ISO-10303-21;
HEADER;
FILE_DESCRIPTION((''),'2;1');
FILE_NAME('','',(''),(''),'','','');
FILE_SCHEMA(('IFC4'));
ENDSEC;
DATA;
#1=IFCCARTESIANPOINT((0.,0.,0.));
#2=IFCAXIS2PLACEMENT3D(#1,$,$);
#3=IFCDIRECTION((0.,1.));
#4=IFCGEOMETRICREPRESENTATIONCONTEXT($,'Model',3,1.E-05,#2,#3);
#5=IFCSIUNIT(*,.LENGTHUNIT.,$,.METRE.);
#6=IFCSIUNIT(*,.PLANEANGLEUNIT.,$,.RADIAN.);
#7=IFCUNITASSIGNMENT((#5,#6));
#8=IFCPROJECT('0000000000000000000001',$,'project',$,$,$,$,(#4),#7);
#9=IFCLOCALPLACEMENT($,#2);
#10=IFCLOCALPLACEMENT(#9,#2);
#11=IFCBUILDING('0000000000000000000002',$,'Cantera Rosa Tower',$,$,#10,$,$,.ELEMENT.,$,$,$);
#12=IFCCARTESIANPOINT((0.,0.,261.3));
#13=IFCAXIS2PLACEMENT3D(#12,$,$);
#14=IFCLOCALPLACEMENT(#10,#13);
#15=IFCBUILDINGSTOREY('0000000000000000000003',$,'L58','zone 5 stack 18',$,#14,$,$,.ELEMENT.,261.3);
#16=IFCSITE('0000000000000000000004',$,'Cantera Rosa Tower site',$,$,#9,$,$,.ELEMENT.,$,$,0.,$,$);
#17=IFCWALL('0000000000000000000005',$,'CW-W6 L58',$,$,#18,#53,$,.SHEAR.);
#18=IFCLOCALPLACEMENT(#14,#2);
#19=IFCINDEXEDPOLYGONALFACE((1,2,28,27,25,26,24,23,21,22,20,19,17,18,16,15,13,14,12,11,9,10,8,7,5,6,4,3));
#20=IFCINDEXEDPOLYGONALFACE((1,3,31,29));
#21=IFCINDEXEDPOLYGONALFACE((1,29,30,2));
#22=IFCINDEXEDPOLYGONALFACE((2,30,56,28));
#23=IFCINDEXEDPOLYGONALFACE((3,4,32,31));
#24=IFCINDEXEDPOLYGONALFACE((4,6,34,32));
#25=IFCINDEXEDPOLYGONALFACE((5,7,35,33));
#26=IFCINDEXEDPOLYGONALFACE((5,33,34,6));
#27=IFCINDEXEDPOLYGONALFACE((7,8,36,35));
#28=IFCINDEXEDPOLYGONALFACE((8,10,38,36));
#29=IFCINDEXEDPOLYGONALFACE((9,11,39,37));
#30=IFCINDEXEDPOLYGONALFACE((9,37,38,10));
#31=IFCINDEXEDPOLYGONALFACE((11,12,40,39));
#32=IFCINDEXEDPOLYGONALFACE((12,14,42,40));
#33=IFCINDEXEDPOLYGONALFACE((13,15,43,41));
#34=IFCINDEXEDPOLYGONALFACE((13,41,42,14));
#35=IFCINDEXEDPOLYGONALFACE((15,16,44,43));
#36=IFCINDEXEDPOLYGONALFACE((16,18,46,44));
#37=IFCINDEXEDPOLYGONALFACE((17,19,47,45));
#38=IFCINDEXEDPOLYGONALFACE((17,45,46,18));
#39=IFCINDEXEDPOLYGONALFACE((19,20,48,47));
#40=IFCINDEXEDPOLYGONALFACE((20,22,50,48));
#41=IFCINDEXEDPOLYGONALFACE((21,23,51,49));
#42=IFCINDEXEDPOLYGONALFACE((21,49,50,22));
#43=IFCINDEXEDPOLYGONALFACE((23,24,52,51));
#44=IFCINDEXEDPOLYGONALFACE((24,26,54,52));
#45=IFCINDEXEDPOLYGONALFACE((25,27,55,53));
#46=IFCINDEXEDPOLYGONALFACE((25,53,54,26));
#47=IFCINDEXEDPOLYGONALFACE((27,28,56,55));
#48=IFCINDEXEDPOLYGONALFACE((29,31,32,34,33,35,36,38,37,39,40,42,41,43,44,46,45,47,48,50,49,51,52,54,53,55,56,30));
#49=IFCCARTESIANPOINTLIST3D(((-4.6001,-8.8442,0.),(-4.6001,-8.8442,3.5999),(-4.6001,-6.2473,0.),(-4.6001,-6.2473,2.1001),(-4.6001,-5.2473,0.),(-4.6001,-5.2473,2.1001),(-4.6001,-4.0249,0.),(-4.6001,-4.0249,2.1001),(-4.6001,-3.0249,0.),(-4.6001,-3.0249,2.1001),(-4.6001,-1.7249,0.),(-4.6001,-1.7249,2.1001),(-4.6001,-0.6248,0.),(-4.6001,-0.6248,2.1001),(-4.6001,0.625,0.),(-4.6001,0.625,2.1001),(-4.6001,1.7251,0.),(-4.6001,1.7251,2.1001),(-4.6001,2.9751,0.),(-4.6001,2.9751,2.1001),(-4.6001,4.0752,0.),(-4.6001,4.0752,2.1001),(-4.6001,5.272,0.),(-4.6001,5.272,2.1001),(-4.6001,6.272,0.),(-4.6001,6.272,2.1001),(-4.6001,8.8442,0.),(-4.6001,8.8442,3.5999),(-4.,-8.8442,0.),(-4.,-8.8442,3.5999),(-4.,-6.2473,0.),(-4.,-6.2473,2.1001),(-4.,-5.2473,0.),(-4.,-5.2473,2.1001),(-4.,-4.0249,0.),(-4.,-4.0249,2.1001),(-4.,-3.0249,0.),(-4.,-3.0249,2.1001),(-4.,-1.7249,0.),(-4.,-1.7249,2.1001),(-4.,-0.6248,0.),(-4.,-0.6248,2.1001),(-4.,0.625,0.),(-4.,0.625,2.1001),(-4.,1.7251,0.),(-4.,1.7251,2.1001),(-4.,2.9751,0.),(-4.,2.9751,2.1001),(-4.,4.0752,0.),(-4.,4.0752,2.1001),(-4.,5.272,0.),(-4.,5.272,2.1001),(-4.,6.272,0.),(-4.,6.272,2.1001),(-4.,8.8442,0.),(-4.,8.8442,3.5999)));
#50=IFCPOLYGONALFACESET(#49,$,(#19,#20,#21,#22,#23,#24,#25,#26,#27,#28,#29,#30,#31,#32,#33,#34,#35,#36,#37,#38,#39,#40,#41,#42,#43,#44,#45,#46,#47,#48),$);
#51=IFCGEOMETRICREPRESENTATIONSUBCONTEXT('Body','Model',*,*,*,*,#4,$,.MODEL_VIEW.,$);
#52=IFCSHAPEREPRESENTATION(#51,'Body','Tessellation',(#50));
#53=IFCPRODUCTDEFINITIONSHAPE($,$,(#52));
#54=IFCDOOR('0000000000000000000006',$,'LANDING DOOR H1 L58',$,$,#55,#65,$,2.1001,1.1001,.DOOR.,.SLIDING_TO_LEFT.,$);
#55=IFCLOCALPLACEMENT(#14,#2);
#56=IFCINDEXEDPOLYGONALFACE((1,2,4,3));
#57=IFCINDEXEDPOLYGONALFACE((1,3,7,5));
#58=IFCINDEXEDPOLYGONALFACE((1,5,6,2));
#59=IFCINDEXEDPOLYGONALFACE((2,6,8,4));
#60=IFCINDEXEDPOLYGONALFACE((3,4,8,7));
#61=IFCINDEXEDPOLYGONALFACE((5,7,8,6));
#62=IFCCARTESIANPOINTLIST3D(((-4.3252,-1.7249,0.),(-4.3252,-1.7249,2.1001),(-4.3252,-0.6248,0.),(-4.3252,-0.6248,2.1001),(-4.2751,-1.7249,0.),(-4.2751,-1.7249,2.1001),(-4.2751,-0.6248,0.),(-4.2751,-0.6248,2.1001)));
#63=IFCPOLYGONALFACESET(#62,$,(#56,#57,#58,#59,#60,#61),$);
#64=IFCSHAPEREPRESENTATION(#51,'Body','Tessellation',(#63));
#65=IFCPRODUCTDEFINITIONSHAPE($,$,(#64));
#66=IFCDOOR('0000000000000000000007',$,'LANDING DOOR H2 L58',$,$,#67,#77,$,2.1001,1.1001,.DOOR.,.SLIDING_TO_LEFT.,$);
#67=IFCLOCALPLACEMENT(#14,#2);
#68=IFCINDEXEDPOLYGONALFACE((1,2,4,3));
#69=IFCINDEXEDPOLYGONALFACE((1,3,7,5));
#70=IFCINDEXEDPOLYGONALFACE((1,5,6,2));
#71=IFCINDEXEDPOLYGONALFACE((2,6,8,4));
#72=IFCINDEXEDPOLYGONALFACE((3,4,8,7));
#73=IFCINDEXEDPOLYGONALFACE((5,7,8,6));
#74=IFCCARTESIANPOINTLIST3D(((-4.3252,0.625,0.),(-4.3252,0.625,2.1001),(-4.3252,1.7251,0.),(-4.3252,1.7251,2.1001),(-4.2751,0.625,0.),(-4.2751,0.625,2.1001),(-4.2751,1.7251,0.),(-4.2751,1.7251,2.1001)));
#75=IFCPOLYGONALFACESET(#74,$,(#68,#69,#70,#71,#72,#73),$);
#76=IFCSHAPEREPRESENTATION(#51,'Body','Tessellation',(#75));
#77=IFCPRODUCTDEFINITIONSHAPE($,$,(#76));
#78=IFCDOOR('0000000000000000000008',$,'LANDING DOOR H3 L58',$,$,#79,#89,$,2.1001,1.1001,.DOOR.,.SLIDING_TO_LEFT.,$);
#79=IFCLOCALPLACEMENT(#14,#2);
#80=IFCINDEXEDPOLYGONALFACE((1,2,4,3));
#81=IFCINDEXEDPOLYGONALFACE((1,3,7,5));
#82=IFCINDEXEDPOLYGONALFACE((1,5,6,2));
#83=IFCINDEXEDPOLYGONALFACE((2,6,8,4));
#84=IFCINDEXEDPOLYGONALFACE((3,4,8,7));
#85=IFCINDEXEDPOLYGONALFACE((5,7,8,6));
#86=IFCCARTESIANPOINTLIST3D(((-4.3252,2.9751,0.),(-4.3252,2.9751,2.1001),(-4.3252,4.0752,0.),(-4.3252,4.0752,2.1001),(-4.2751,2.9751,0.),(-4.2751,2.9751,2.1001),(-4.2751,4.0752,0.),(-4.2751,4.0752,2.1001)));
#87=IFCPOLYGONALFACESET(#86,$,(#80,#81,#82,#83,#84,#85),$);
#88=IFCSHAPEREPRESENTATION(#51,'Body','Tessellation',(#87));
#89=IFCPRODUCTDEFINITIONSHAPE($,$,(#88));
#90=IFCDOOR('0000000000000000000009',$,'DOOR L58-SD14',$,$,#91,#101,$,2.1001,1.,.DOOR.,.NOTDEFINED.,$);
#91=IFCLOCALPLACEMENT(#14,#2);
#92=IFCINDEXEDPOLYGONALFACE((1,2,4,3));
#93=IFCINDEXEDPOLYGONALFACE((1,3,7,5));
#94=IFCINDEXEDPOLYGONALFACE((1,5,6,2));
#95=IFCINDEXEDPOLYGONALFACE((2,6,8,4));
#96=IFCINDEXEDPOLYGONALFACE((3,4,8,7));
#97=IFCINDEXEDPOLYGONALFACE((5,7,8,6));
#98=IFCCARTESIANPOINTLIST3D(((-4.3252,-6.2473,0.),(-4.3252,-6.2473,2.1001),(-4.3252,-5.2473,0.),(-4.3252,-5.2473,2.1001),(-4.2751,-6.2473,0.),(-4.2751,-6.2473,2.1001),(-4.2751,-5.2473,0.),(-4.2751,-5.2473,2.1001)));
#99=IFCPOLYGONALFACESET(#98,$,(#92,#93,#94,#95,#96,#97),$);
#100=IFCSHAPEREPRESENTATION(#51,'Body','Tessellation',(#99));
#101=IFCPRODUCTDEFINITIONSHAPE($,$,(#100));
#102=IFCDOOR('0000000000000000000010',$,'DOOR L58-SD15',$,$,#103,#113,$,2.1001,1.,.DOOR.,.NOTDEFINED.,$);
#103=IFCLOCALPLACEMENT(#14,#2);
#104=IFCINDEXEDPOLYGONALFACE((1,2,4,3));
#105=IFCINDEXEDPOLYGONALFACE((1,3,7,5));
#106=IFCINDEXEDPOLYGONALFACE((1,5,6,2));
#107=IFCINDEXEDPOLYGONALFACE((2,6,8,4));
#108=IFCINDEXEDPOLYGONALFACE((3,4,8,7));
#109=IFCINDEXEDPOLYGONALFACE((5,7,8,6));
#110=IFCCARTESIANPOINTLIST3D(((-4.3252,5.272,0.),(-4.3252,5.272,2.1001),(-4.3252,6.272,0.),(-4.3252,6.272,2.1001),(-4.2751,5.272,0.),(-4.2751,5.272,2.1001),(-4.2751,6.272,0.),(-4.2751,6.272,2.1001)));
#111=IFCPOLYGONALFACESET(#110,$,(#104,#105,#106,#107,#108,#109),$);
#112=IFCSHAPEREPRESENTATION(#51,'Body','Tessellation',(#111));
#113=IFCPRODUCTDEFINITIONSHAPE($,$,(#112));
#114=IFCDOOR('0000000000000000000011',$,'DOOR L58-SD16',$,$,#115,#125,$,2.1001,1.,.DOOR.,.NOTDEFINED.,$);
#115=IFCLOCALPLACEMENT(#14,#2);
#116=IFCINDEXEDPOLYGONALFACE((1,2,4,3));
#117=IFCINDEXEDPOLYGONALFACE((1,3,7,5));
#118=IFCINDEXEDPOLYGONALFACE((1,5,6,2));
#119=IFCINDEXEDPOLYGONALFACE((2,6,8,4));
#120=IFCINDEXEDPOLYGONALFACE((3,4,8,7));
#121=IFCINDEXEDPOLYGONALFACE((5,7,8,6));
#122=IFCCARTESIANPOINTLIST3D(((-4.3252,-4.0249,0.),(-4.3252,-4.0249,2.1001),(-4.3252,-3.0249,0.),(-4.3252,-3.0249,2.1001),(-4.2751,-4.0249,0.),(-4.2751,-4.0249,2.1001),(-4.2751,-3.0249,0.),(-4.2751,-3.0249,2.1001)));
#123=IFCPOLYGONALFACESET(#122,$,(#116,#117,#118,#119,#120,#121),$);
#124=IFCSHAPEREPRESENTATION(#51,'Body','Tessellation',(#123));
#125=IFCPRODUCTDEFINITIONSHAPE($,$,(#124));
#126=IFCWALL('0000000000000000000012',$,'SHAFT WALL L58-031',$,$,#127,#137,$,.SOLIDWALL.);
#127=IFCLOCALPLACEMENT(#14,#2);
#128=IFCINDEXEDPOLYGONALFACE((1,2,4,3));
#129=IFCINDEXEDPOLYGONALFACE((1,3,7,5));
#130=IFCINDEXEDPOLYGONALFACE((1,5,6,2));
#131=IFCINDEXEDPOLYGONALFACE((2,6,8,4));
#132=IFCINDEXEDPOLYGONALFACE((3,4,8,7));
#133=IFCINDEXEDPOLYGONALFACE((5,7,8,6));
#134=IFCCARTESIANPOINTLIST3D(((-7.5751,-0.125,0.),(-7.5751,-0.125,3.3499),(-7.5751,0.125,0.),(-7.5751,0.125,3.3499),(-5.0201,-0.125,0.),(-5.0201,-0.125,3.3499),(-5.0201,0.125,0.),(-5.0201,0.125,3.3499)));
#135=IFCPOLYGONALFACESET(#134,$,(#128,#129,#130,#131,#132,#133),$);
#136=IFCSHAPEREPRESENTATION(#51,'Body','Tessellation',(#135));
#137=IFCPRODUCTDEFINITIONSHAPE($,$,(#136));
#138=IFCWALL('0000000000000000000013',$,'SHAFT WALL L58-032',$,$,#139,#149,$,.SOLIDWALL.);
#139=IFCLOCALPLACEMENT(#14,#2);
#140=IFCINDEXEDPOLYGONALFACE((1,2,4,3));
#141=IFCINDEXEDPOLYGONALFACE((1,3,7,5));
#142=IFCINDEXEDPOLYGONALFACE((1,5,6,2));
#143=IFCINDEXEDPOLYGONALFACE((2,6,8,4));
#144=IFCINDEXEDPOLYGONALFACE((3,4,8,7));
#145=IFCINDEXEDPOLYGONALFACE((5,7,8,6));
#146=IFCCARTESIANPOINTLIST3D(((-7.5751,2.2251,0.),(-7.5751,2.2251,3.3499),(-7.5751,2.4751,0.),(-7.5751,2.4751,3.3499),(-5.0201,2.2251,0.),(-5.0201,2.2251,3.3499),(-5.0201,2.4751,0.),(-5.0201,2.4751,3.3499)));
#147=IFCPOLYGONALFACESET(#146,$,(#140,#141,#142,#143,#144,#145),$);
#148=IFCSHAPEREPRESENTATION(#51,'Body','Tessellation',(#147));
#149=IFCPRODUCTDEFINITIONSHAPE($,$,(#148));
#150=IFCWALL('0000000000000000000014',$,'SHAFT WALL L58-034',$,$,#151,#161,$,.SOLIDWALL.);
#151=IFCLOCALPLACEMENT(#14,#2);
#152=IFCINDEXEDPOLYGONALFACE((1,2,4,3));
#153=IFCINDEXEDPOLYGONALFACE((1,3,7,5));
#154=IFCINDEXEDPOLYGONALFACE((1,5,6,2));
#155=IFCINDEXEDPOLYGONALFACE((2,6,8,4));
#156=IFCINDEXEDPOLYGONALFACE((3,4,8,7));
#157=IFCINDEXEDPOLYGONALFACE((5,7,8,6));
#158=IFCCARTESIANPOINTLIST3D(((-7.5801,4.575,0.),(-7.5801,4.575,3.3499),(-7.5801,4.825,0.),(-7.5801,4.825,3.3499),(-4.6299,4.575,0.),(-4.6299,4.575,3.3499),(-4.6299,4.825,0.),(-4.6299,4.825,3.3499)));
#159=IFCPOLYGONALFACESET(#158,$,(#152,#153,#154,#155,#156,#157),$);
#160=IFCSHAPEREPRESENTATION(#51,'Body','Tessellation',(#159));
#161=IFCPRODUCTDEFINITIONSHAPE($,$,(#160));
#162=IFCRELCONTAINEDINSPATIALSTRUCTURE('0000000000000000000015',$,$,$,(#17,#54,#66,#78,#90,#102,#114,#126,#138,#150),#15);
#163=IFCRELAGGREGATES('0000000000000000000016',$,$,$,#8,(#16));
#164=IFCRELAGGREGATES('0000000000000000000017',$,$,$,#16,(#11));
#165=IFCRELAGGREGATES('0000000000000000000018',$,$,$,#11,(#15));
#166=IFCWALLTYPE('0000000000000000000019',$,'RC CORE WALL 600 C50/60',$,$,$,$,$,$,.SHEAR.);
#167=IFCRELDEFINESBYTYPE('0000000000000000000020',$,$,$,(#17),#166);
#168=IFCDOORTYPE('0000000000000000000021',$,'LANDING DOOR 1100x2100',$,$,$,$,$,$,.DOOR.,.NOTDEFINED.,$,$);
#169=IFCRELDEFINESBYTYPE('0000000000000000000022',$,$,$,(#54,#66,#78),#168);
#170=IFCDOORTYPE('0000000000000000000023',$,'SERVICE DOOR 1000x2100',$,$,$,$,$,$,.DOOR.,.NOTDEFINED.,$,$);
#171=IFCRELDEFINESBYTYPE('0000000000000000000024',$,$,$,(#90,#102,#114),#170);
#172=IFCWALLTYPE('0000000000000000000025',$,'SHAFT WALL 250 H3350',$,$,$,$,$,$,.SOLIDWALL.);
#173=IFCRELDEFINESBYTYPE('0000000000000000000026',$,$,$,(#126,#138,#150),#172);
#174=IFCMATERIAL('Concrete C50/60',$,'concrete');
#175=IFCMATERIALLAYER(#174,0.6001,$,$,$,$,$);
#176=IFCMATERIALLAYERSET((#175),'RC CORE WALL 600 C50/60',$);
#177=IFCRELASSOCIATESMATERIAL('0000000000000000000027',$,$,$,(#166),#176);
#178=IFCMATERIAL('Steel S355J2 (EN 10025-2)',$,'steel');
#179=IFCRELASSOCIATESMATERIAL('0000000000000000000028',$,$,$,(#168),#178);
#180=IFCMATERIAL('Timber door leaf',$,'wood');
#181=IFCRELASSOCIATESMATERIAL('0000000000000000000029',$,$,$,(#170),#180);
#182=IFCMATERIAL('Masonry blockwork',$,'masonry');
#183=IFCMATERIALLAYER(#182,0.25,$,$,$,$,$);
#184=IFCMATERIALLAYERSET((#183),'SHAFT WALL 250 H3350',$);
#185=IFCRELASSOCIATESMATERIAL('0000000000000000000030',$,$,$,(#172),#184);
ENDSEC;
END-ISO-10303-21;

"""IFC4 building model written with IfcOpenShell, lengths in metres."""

from ifc_helpers import new_model, si_unit, direction, frame, frame_2d, origin, place, context, subcontext, project, spatial, rectangle, extrude, material, layer, layer_set, type_object, element, fill, save


model = new_model("IFC4")

# Units and contexts
model_context = context("Model", 3, precision=1e-05, world=origin(), true_north=direction((0.0, 1.0)))
body_context = subcontext(model_context, "Body", "Model", "MODEL_VIEW")
ifc_project = project(units=[si_unit("LENGTHUNIT", "METRE"), si_unit("PLANEANGLEUNIT", "RADIAN")], contexts=[model_context])

# Site, building, storey
site_placement = place(None, origin())
site = spatial("IfcSite", under=ifc_project, at=site_placement, Name="Cantera Rosa Tower site", CompositionType="ELEMENT", RefElevation=0.0)
building_placement = place(site_placement, origin())
building = spatial("IfcBuilding", under=site, at=building_placement, Name="Cantera Rosa Tower", CompositionType="ELEMENT")
storey_placement = place(building_placement, frame((0.0, 0.0, 261.3)))
storey = spatial("IfcBuildingStorey", under=building, at=storey_placement, Name="L58", Description="zone 5 stack 18", CompositionType="ELEMENT", Elevation=261.3)

# Shared definitions
ifc_material_1 = material(Name="Concrete C50/60", Category="concrete")
ifc_layer_1 = layer(ifc_material_1, 0.6001)
ifc_layer_set_1 = layer_set([ifc_layer_1], Name="RC CORE WALL 600 C50/60")
wall_type_1 = type_object("IfcWallType", Name="RC CORE WALL 600 C50/60", PredefinedType="SHEAR", material=ifc_layer_set_1)

# Wall, openings, doors
wall_1_placement = place(storey_placement, frame((-4.3, 8.8442, 0.0), z_axis=(0.0, 0.0, 1.0), x_axis=(0.0, -1.0, 0.0)))
wall_1 = element("IfcWall", 1, at=wall_1_placement, inside=storey, type_object=wall_type_1, Name="CW-W6 L58", PredefinedType="SHEAR", context=body_context, shape_type="SweptSolid", body=[
    extrude(rectangle(XDim=17.6885, YDim=0.6001, at=frame_2d((8.8442, 0.0))), origin(), (0.0, 0.0, 1.0), 3.5999),
])
opening_1_placement = place(wall_1_placement, frame((9.469, 0.0, 0.0)))
opening_1 = element("IfcOpeningElement", 2, at=opening_1_placement, cuts=wall_1, PredefinedType="OPENING", context=body_context, shape_type="SweptSolid", body=[
    extrude(rectangle(XDim=1.1001, YDim=2.1001, at=frame_2d((0.55, 1.05))), frame((0.0, 0.3101, 0.0), z_axis=(0.0, -1.0, 0.0), x_axis=(1.0, 0.0, 0.0)), (0.0, 0.0, 1.0), 0.6201),
])
opening_2_placement = place(wall_1_placement, frame((7.1191, 0.0, 0.0)))
opening_2 = element("IfcOpeningElement", 3, at=opening_2_placement, cuts=wall_1, PredefinedType="OPENING", context=body_context, shape_type="SweptSolid", body=[
    extrude(rectangle(XDim=1.1001, YDim=2.1001, at=frame_2d((0.55, 1.05))), frame((0.0, 0.3101, 0.0), z_axis=(0.0, -1.0, 0.0), x_axis=(1.0, 0.0, 0.0)), (0.0, 0.0, 1.0), 0.6201),
])
opening_3_placement = place(wall_1_placement, frame((4.769, 0.0, 0.0)))
opening_3 = element("IfcOpeningElement", 4, at=opening_3_placement, cuts=wall_1, PredefinedType="OPENING", context=body_context, shape_type="SweptSolid", body=[
    extrude(rectangle(XDim=1.1001, YDim=2.1001, at=frame_2d((0.55, 1.05))), frame((0.0, 0.3101, 0.0), z_axis=(0.0, -1.0, 0.0), x_axis=(1.0, 0.0, 0.0)), (0.0, 0.0, 1.0), 0.6201),
])
opening_4_placement = place(wall_1_placement, frame((14.0916, 0.0, 0.0)))
opening_4 = element("IfcOpeningElement", 5, at=opening_4_placement, cuts=wall_1, PredefinedType="OPENING", context=body_context, shape_type="SweptSolid", body=[
    extrude(rectangle(XDim=1.0, YDim=2.1001, at=frame_2d((0.5, 1.05))), frame((0.0, 0.3101, 0.0), z_axis=(0.0, -1.0, 0.0), x_axis=(1.0, 0.0, 0.0)), (0.0, 0.0, 1.0), 0.6201),
])
opening_5_placement = place(wall_1_placement, frame((2.5723, 0.0, 0.0)))
opening_5 = element("IfcOpeningElement", 6, at=opening_5_placement, cuts=wall_1, PredefinedType="OPENING", context=body_context, shape_type="SweptSolid", body=[
    extrude(rectangle(XDim=1.0, YDim=2.1001, at=frame_2d((0.5, 1.05))), frame((0.0, 0.3101, 0.0), z_axis=(0.0, -1.0, 0.0), x_axis=(1.0, 0.0, 0.0)), (0.0, 0.0, 1.0), 0.6201),
])
opening_6_placement = place(wall_1_placement, frame((11.8691, 0.0, 0.0)))
opening_6 = element("IfcOpeningElement", 7, at=opening_6_placement, cuts=wall_1, PredefinedType="OPENING", context=body_context, shape_type="SweptSolid", body=[
    extrude(rectangle(XDim=1.0, YDim=2.1001, at=frame_2d((0.5, 1.05))), frame((0.0, 0.3101, 0.0), z_axis=(0.0, -1.0, 0.0), x_axis=(1.0, 0.0, 0.0)), (0.0, 0.0, 1.0), 0.6201),
])
ifc_material_2 = material(Name="Steel S355J2 (EN 10025-2)", Category="steel")
door_type_1 = type_object("IfcDoorType", Name="LANDING DOOR 1100x2100", OperationType="NOTDEFINED", PredefinedType="DOOR", material=ifc_material_2)
door_1_placement = place(opening_1_placement, origin())
door_1 = element("IfcDoor", 8, at=door_1_placement, inside=storey, type_object=door_type_1, Name="LANDING DOOR H1 L58", OperationType="SLIDING_TO_LEFT", OverallHeight=2.1001, OverallWidth=1.1001, PredefinedType="DOOR", context=body_context, shape_type="SweptSolid", body=[
    extrude(rectangle(XDim=1.1001, YDim=2.1001, at=frame_2d((0.55, 1.05))), frame((0.0, 0.0249, 0.0), z_axis=(0.0, -1.0, 0.0), x_axis=(1.0, 0.0, 0.0)), (0.0, 0.0, 1.0), 0.05),
])
fill(opening_1, door_1)
door_2_placement = place(opening_2_placement, origin())
door_2 = element("IfcDoor", 9, at=door_2_placement, inside=storey, type_object=door_type_1, Name="LANDING DOOR H2 L58", OperationType="SLIDING_TO_LEFT", OverallHeight=2.1001, OverallWidth=1.1001, PredefinedType="DOOR", context=body_context, shape_type="SweptSolid", body=[
    extrude(rectangle(XDim=1.1001, YDim=2.1001, at=frame_2d((0.55, 1.05))), frame((0.0, 0.0249, 0.0), z_axis=(0.0, -1.0, 0.0), x_axis=(1.0, 0.0, 0.0)), (0.0, 0.0, 1.0), 0.05),
])
fill(opening_2, door_2)
door_3_placement = place(opening_3_placement, origin())
door_3 = element("IfcDoor", 10, at=door_3_placement, inside=storey, type_object=door_type_1, Name="LANDING DOOR H3 L58", OperationType="SLIDING_TO_LEFT", OverallHeight=2.1001, OverallWidth=1.1001, PredefinedType="DOOR", context=body_context, shape_type="SweptSolid", body=[
    extrude(rectangle(XDim=1.1001, YDim=2.1001, at=frame_2d((0.55, 1.05))), frame((0.0, 0.0249, 0.0), z_axis=(0.0, -1.0, 0.0), x_axis=(1.0, 0.0, 0.0)), (0.0, 0.0, 1.0), 0.05),
])
fill(opening_3, door_3)
ifc_material_3 = material(Name="Timber door leaf", Category="wood")
door_type_2 = type_object("IfcDoorType", Name="SERVICE DOOR 1000x2100", OperationType="NOTDEFINED", PredefinedType="DOOR", material=ifc_material_3)
door_4_placement = place(opening_4_placement, origin())
door_4 = element("IfcDoor", 11, at=door_4_placement, inside=storey, type_object=door_type_2, Name="DOOR L58-SD14", OperationType="NOTDEFINED", OverallHeight=2.1001, OverallWidth=1.0, PredefinedType="DOOR", context=body_context, shape_type="SweptSolid", body=[
    extrude(rectangle(XDim=1.0, YDim=2.1001, at=frame_2d((0.5, 1.05))), frame((0.0, 0.0249, 0.0), z_axis=(0.0, -1.0, 0.0), x_axis=(1.0, 0.0, 0.0)), (0.0, 0.0, 1.0), 0.05),
])
fill(opening_4, door_4)
door_5_placement = place(opening_5_placement, origin())
door_5 = element("IfcDoor", 12, at=door_5_placement, inside=storey, type_object=door_type_2, Name="DOOR L58-SD15", OperationType="NOTDEFINED", OverallHeight=2.1001, OverallWidth=1.0, PredefinedType="DOOR", context=body_context, shape_type="SweptSolid", body=[
    extrude(rectangle(XDim=1.0, YDim=2.1001, at=frame_2d((0.5, 1.05))), frame((0.0, 0.0249, 0.0), z_axis=(0.0, -1.0, 0.0), x_axis=(1.0, 0.0, 0.0)), (0.0, 0.0, 1.0), 0.05),
])
fill(opening_5, door_5)
door_6_placement = place(opening_6_placement, origin())
door_6 = element("IfcDoor", 13, at=door_6_placement, inside=storey, type_object=door_type_2, Name="DOOR L58-SD16", OperationType="NOTDEFINED", OverallHeight=2.1001, OverallWidth=1.0, PredefinedType="DOOR", context=body_context, shape_type="SweptSolid", body=[
    extrude(rectangle(XDim=1.0, YDim=2.1001, at=frame_2d((0.5, 1.05))), frame((0.0, 0.0249, 0.0), z_axis=(0.0, -1.0, 0.0), x_axis=(1.0, 0.0, 0.0)), (0.0, 0.0, 1.0), 0.05),
])
fill(opening_6, door_6)

# Walls
ifc_material_4 = material(Name="Masonry blockwork", Category="masonry")
ifc_layer_2 = layer(ifc_material_4, 0.25)
ifc_layer_set_2 = layer_set([ifc_layer_2], Name="SHAFT WALL 250 H3350")
wall_type_2 = type_object("IfcWallType", Name="SHAFT WALL 250 H3350", PredefinedType="SOLIDWALL", material=ifc_layer_set_2)
for number, where, z_axis, x_axis, name in (
    (14, (-7.575, 0.0, 0.0), (0.0, 0.0, 1.0), (1.0, 0.0, 0.0), "SHAFT WALL L58-031"),
    (15, (-7.575, 2.3501, 0.0), (0.0, 0.0, 1.0), (1.0, 0.0, 0.0), "SHAFT WALL L58-032"),
):
    element("IfcWall", number, at=place(storey_placement, frame(where, z_axis=z_axis, x_axis=x_axis)), inside=storey, type_object=wall_type_2, Name=name, PredefinedType="SOLIDWALL", context=body_context, shape_type="SweptSolid", body=[
        extrude(rectangle(XDim=2.5549, YDim=0.25, at=frame_2d((1.2773, 0.0))), origin(), (0.0, 0.0, 1.0), 3.3499),
    ])
wall_2_placement = place(storey_placement, frame((-7.5801, 4.7, 0.0), z_axis=(0.0, 0.0, 1.0), x_axis=(1.0, 0.0, 0.0)))
element("IfcWall", 16, at=wall_2_placement, inside=storey, type_object=wall_type_2, Name="SHAFT WALL L58-034", PredefinedType="SOLIDWALL", context=body_context, shape_type="SweptSolid", body=[
    extrude(rectangle(XDim=2.9502, YDim=0.25, at=frame_2d((1.4751, 0.0))), origin(), (0.0, 0.0, 1.0), 3.3499),
])

save(model, "model.ifc")
